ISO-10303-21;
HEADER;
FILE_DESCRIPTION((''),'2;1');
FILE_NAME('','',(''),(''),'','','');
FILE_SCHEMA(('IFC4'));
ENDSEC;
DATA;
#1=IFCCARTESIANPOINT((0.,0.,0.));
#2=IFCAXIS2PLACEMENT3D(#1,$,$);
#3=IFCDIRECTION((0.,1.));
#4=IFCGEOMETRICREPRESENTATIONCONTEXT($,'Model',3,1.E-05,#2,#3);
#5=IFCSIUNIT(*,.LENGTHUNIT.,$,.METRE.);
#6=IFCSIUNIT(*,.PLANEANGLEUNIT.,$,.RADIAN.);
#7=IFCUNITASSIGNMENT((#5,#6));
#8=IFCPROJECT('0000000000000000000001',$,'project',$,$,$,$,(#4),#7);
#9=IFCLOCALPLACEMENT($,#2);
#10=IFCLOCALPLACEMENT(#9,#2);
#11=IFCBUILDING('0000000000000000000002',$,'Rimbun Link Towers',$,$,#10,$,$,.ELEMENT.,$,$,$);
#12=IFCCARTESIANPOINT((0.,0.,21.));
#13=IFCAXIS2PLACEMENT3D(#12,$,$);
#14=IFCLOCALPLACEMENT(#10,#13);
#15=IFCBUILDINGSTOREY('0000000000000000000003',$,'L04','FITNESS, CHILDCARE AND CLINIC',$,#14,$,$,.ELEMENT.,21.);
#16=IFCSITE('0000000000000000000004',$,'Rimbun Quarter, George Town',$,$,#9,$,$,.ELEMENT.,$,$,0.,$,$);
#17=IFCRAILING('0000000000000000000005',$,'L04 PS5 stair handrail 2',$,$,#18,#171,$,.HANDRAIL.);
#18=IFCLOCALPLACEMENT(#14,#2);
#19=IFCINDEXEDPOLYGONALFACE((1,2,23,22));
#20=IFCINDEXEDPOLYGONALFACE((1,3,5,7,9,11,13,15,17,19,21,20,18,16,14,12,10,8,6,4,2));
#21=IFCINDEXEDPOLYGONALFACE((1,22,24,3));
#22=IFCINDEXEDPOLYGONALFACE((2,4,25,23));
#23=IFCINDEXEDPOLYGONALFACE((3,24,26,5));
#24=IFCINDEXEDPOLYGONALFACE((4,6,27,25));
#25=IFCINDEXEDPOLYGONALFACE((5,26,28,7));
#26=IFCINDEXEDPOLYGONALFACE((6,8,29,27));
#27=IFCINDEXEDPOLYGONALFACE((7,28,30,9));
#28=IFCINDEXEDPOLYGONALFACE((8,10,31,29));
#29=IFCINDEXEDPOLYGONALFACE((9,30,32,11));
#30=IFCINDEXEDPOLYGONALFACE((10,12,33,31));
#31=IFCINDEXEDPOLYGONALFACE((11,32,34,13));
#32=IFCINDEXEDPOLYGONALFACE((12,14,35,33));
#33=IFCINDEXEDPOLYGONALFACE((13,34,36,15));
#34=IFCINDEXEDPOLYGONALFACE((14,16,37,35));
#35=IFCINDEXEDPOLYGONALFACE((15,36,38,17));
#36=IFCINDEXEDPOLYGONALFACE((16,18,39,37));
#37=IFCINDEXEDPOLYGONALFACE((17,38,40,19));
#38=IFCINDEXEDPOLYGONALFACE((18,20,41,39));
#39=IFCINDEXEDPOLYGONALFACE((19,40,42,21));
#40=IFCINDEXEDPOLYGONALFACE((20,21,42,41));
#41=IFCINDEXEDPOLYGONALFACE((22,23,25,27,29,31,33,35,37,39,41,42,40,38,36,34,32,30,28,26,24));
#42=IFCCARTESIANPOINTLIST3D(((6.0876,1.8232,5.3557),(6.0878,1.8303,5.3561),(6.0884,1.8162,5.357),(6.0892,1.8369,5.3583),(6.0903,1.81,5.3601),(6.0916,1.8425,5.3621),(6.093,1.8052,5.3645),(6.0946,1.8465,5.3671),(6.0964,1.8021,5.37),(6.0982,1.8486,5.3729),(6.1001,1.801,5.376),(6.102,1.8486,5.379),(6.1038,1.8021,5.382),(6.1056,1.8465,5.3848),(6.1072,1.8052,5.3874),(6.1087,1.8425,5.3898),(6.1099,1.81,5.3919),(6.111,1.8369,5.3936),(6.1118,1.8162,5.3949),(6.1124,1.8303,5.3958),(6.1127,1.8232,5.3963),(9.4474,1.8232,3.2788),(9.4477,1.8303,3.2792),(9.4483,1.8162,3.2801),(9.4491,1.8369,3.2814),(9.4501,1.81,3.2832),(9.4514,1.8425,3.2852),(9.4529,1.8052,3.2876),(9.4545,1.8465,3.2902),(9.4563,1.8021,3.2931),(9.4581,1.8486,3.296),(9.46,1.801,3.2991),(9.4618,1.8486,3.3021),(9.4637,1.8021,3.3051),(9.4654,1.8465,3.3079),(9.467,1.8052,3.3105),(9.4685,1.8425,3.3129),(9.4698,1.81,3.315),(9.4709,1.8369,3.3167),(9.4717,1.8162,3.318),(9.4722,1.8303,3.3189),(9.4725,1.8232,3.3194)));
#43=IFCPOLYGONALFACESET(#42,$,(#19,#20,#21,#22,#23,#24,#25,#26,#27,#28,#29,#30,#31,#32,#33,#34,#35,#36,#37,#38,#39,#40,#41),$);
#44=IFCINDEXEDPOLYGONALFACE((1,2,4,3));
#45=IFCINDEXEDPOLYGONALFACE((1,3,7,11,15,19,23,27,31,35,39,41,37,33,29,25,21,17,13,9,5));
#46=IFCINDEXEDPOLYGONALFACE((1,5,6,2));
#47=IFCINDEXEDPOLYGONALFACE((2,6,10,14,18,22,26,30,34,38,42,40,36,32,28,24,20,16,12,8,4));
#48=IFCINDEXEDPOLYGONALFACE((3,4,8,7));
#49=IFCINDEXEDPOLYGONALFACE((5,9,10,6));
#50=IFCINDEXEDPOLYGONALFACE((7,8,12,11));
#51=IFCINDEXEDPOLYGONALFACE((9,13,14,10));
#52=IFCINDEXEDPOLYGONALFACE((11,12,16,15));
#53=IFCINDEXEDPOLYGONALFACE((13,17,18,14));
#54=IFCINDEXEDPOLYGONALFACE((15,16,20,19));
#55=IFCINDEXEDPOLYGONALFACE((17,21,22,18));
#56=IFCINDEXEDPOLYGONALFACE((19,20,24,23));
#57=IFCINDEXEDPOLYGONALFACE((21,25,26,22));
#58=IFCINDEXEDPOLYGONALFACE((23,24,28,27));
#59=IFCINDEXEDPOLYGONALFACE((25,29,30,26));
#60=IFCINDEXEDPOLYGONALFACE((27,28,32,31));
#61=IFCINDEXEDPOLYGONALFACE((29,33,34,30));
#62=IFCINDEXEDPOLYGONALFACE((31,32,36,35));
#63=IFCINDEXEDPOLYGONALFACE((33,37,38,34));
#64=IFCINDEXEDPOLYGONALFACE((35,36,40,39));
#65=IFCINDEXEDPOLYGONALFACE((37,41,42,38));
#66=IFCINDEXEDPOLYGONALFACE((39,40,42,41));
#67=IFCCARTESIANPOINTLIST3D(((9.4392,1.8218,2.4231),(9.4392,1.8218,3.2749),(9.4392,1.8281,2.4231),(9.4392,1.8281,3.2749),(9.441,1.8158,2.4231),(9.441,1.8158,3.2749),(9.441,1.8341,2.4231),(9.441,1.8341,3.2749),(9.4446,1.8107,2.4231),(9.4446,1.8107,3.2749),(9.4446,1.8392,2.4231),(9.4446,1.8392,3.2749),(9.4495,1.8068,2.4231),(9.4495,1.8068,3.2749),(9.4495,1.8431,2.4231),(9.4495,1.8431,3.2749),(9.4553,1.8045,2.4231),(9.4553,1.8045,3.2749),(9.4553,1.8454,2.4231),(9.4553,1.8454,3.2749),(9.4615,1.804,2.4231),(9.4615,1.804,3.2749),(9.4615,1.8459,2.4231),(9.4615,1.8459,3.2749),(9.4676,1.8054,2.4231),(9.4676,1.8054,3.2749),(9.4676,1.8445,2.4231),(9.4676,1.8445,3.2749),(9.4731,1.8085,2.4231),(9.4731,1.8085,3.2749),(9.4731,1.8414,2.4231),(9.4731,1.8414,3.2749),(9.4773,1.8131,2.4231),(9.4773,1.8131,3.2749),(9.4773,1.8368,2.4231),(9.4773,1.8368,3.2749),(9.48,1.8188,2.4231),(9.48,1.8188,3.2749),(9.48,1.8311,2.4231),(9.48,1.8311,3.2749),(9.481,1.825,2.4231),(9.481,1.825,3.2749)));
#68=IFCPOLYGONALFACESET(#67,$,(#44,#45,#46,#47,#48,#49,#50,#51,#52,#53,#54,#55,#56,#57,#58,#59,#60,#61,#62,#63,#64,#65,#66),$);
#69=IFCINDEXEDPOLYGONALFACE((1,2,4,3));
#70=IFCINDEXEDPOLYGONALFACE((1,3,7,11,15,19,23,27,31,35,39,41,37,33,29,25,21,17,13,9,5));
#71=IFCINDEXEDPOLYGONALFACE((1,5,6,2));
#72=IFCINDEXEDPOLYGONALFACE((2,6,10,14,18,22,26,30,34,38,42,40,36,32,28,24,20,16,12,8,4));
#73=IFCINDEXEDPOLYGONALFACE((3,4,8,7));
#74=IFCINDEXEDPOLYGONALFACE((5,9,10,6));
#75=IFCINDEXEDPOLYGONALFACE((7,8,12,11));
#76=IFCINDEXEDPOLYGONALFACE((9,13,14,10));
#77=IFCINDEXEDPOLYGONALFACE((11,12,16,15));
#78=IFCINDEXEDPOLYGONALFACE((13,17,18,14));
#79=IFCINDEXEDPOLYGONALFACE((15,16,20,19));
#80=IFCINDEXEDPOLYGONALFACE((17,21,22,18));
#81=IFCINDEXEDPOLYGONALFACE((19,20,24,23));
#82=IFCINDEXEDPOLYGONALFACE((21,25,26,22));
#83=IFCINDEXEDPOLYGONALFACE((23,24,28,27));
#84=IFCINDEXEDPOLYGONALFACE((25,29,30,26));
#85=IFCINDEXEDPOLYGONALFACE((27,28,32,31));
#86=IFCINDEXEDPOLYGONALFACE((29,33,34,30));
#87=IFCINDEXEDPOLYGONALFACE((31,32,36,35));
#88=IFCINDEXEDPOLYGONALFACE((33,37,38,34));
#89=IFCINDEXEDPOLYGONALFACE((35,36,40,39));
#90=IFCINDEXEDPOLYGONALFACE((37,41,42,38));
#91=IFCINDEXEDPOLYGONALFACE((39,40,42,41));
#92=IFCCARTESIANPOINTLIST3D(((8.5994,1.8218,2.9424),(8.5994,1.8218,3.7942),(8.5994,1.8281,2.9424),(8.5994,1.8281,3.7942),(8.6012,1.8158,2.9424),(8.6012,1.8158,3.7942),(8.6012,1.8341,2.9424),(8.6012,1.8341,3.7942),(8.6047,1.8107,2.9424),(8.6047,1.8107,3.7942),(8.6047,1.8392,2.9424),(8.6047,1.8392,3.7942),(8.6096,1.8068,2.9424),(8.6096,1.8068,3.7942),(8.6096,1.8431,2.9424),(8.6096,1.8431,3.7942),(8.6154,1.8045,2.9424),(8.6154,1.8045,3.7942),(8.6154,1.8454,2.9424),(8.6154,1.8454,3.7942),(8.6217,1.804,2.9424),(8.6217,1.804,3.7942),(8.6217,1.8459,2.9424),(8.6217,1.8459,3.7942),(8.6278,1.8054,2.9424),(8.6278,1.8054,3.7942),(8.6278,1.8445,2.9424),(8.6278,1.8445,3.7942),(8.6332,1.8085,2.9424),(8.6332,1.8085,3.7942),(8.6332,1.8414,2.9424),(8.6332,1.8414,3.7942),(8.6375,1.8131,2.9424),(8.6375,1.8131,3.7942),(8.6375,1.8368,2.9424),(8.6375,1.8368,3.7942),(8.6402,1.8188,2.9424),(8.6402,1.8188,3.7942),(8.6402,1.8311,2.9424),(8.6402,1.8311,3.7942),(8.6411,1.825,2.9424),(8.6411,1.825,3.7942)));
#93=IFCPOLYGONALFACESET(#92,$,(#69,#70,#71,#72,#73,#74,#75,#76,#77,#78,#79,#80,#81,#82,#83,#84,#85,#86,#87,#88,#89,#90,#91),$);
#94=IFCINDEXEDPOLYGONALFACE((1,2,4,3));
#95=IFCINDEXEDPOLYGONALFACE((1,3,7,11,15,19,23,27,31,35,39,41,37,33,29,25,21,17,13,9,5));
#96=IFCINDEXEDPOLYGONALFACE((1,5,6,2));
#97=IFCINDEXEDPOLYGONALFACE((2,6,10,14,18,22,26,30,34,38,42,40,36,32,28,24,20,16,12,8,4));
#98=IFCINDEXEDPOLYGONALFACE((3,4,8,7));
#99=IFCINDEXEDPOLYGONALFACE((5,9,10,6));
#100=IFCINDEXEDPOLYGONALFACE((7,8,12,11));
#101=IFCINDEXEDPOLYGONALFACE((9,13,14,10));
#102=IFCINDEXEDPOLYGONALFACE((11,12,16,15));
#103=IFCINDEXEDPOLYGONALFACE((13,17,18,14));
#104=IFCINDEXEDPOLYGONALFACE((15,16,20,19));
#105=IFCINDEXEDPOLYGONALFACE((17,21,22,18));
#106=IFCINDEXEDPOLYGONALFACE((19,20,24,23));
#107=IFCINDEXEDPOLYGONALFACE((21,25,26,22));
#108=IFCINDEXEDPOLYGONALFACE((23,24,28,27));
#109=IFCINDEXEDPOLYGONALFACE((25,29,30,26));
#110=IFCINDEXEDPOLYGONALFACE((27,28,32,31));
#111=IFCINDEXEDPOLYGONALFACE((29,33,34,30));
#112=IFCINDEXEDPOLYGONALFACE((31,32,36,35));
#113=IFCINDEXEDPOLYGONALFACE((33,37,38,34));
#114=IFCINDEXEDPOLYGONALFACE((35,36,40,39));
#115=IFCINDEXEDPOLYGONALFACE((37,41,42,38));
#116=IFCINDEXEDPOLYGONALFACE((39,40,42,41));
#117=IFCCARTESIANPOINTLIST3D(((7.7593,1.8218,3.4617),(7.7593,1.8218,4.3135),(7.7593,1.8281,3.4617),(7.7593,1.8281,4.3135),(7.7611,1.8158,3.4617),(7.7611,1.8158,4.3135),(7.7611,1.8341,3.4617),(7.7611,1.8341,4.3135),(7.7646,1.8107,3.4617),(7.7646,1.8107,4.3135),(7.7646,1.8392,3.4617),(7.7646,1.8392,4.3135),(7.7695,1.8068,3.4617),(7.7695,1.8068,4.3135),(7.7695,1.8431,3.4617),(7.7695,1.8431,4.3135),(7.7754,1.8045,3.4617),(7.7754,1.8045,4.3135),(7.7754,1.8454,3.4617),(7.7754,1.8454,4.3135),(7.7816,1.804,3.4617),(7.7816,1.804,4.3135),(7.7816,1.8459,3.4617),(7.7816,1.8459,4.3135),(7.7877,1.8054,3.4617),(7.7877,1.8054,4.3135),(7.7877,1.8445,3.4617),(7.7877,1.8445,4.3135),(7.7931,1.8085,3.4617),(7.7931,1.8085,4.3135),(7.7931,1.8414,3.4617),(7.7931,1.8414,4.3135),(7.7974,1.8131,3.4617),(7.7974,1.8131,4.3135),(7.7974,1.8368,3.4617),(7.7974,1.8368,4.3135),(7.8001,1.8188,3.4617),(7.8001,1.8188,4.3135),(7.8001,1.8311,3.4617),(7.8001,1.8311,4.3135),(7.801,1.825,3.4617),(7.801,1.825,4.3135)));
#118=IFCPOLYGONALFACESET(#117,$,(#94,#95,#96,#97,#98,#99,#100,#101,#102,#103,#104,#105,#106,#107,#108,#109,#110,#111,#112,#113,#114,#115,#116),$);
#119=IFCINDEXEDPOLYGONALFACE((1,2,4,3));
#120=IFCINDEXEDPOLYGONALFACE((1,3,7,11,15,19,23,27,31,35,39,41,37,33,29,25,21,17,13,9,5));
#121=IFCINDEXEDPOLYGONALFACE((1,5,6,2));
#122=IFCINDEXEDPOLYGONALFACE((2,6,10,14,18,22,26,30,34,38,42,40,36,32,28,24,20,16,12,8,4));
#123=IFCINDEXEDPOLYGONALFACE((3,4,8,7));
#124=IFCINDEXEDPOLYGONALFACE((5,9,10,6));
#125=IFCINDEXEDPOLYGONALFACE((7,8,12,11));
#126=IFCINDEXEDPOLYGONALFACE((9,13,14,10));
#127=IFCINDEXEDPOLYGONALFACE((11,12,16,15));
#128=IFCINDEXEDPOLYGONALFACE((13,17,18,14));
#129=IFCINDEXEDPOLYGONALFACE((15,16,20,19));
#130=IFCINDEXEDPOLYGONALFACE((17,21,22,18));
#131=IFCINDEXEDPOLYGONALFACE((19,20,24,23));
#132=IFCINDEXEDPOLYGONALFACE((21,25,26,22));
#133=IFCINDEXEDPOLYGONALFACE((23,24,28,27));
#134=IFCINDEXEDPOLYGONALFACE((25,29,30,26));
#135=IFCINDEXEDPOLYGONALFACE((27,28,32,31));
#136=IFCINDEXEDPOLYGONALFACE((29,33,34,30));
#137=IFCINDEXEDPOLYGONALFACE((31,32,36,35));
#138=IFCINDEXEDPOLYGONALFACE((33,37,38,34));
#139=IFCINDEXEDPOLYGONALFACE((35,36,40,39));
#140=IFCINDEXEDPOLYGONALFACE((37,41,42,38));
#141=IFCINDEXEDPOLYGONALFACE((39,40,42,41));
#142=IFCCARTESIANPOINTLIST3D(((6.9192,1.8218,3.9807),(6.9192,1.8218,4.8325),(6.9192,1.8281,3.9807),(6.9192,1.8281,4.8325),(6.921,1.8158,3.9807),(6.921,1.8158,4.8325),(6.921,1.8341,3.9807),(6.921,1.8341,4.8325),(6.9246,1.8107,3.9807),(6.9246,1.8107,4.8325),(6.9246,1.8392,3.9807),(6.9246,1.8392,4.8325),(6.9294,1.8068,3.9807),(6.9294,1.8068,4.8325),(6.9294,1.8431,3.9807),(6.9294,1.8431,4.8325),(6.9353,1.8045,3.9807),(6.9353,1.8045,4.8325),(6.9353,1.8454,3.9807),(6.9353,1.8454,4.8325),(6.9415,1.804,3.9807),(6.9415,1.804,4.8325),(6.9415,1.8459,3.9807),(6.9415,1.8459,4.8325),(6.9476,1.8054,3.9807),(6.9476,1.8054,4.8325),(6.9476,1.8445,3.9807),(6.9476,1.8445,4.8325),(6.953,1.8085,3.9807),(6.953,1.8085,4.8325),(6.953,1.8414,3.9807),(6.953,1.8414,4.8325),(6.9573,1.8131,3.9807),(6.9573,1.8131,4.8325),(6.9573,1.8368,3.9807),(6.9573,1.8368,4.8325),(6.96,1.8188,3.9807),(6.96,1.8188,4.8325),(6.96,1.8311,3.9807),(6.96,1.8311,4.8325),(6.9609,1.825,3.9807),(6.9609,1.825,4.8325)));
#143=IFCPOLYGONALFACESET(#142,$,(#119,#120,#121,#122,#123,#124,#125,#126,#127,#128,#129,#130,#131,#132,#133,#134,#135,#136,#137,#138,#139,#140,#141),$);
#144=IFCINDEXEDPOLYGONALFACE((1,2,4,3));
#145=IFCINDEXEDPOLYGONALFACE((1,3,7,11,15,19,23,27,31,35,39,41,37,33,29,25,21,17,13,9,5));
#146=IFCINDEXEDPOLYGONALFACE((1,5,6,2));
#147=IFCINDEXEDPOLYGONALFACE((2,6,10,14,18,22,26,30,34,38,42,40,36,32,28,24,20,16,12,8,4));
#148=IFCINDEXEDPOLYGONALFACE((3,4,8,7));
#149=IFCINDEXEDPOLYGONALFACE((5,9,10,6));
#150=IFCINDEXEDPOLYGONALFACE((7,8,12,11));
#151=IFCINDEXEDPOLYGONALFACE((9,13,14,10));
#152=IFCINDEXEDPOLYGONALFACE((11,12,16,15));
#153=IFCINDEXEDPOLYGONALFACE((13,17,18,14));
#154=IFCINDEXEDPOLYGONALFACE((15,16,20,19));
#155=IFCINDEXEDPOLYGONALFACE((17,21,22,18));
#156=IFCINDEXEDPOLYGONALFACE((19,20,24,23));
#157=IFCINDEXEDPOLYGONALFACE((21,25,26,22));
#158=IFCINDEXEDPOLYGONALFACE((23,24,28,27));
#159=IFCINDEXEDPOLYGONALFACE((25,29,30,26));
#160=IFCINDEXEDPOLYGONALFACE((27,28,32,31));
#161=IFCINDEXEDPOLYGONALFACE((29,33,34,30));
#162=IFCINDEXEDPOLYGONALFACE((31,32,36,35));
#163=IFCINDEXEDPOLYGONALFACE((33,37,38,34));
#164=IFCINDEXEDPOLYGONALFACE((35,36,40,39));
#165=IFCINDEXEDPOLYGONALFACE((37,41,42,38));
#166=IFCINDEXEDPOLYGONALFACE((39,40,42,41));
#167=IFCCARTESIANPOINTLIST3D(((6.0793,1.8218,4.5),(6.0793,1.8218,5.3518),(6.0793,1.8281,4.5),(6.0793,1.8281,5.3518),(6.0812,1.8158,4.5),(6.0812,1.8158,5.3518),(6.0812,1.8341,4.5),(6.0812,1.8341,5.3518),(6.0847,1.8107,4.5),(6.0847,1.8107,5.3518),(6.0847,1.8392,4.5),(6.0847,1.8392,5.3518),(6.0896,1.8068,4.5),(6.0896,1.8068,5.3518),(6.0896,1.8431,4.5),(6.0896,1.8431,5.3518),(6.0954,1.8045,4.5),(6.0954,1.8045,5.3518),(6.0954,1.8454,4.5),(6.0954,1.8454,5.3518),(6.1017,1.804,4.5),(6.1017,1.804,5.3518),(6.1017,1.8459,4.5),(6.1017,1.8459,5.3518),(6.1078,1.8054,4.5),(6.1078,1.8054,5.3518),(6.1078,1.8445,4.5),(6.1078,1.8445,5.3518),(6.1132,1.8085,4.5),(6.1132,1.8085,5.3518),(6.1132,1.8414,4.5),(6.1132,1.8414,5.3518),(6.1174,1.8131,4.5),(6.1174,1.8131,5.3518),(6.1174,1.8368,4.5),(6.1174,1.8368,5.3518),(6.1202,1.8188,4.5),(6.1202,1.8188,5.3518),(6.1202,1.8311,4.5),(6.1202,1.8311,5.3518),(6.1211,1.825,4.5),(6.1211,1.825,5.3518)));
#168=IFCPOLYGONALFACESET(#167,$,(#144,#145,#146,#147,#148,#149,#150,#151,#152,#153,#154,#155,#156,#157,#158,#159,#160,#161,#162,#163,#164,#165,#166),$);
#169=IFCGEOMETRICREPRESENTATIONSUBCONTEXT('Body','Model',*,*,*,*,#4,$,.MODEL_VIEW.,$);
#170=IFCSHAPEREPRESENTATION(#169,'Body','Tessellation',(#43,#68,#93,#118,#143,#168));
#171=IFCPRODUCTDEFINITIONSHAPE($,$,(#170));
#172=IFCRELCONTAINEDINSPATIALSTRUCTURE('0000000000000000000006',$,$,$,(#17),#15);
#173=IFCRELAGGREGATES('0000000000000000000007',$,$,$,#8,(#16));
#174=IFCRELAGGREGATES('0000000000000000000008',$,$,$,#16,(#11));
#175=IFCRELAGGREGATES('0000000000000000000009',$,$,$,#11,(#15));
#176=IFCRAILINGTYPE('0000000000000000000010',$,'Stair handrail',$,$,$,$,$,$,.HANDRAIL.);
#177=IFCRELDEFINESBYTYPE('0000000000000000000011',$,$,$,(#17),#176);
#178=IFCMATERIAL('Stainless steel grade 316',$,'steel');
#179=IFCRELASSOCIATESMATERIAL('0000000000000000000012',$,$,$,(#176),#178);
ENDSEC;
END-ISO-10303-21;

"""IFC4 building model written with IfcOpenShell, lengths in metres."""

from ifc_helpers import new_model, si_unit, direction, frame, origin, origin_2d, place, context, subcontext, project, spatial, circle, extrude, material, type_object, element, save


model = new_model("IFC4")

# Units and contexts
model_context = context("Model", 3, precision=1e-05, world=origin(), true_north=direction((0.0, 1.0)))
body_context = subcontext(model_context, "Body", "Model", "MODEL_VIEW")
ifc_project = project(units=[si_unit("LENGTHUNIT", "METRE"), si_unit("PLANEANGLEUNIT", "RADIAN")], contexts=[model_context])

# Site, building, storey
site_placement = place(None, origin())
site = spatial("IfcSite", under=ifc_project, at=site_placement, Name="Rimbun Quarter, George Town", CompositionType="ELEMENT", RefElevation=0.0)
building_placement = place(site_placement, origin())
building = spatial("IfcBuilding", under=site, at=building_placement, Name="Rimbun Link Towers", CompositionType="ELEMENT")
storey_placement = place(building_placement, frame((0.0, 0.0, 21.0)))
storey = spatial("IfcBuildingStorey", under=building, at=storey_placement, Name="L04", Description="FITNESS, CHILDCARE AND CLINIC", CompositionType="ELEMENT", Elevation=21.0)

# Railing
ifc_material_1 = material(Name="Stainless steel grade 316", Category="steel")
railing_type_1 = type_object("IfcRailingType", Name="Stair handrail", PredefinedType="HANDRAIL", material=ifc_material_1)
railing_1_placement = place(storey_placement, frame((9.46, 1.825, 2.4231)))
element("IfcRailing", 1, at=railing_1_placement, inside=storey, type_object=railing_type_1, Name="L04 PS5 stair handrail 2", PredefinedType="HANDRAIL", context=body_context, shape_type="SweptSolid", body=[
    extrude(circle(Radius=0.0239, at=origin_2d()), frame((0.0, 0.0, 0.876), z_axis=(-0.850606, 0.0, 0.525803), x_axis=(0.0, -1.0, 0.0)), (0.0, 0.0, 1.0), 3.95),
    extrude(circle(Radius=0.021, at=origin_2d()), origin(), (0.0, 0.0, 1.0), 0.8518),
    extrude(circle(Radius=0.021, at=origin_2d()), frame((-0.8398, 0.0, 0.5193)), (0.0, 0.0, 1.0), 0.8518),
    extrude(circle(Radius=0.021, at=origin_2d()), frame((-1.6799, 0.0, 1.0386)), (0.0, 0.0, 1.0), 0.8518),
    extrude(circle(Radius=0.021, at=origin_2d()), frame((-2.52, 0.0, 1.5576)), (0.0, 0.0, 1.0), 0.8518),
    extrude(circle(Radius=0.021, at=origin_2d()), frame((-3.3599, 0.0, 2.0769)), (0.0, 0.0, 1.0), 0.8518),
])

save(model, "model.ifc")
